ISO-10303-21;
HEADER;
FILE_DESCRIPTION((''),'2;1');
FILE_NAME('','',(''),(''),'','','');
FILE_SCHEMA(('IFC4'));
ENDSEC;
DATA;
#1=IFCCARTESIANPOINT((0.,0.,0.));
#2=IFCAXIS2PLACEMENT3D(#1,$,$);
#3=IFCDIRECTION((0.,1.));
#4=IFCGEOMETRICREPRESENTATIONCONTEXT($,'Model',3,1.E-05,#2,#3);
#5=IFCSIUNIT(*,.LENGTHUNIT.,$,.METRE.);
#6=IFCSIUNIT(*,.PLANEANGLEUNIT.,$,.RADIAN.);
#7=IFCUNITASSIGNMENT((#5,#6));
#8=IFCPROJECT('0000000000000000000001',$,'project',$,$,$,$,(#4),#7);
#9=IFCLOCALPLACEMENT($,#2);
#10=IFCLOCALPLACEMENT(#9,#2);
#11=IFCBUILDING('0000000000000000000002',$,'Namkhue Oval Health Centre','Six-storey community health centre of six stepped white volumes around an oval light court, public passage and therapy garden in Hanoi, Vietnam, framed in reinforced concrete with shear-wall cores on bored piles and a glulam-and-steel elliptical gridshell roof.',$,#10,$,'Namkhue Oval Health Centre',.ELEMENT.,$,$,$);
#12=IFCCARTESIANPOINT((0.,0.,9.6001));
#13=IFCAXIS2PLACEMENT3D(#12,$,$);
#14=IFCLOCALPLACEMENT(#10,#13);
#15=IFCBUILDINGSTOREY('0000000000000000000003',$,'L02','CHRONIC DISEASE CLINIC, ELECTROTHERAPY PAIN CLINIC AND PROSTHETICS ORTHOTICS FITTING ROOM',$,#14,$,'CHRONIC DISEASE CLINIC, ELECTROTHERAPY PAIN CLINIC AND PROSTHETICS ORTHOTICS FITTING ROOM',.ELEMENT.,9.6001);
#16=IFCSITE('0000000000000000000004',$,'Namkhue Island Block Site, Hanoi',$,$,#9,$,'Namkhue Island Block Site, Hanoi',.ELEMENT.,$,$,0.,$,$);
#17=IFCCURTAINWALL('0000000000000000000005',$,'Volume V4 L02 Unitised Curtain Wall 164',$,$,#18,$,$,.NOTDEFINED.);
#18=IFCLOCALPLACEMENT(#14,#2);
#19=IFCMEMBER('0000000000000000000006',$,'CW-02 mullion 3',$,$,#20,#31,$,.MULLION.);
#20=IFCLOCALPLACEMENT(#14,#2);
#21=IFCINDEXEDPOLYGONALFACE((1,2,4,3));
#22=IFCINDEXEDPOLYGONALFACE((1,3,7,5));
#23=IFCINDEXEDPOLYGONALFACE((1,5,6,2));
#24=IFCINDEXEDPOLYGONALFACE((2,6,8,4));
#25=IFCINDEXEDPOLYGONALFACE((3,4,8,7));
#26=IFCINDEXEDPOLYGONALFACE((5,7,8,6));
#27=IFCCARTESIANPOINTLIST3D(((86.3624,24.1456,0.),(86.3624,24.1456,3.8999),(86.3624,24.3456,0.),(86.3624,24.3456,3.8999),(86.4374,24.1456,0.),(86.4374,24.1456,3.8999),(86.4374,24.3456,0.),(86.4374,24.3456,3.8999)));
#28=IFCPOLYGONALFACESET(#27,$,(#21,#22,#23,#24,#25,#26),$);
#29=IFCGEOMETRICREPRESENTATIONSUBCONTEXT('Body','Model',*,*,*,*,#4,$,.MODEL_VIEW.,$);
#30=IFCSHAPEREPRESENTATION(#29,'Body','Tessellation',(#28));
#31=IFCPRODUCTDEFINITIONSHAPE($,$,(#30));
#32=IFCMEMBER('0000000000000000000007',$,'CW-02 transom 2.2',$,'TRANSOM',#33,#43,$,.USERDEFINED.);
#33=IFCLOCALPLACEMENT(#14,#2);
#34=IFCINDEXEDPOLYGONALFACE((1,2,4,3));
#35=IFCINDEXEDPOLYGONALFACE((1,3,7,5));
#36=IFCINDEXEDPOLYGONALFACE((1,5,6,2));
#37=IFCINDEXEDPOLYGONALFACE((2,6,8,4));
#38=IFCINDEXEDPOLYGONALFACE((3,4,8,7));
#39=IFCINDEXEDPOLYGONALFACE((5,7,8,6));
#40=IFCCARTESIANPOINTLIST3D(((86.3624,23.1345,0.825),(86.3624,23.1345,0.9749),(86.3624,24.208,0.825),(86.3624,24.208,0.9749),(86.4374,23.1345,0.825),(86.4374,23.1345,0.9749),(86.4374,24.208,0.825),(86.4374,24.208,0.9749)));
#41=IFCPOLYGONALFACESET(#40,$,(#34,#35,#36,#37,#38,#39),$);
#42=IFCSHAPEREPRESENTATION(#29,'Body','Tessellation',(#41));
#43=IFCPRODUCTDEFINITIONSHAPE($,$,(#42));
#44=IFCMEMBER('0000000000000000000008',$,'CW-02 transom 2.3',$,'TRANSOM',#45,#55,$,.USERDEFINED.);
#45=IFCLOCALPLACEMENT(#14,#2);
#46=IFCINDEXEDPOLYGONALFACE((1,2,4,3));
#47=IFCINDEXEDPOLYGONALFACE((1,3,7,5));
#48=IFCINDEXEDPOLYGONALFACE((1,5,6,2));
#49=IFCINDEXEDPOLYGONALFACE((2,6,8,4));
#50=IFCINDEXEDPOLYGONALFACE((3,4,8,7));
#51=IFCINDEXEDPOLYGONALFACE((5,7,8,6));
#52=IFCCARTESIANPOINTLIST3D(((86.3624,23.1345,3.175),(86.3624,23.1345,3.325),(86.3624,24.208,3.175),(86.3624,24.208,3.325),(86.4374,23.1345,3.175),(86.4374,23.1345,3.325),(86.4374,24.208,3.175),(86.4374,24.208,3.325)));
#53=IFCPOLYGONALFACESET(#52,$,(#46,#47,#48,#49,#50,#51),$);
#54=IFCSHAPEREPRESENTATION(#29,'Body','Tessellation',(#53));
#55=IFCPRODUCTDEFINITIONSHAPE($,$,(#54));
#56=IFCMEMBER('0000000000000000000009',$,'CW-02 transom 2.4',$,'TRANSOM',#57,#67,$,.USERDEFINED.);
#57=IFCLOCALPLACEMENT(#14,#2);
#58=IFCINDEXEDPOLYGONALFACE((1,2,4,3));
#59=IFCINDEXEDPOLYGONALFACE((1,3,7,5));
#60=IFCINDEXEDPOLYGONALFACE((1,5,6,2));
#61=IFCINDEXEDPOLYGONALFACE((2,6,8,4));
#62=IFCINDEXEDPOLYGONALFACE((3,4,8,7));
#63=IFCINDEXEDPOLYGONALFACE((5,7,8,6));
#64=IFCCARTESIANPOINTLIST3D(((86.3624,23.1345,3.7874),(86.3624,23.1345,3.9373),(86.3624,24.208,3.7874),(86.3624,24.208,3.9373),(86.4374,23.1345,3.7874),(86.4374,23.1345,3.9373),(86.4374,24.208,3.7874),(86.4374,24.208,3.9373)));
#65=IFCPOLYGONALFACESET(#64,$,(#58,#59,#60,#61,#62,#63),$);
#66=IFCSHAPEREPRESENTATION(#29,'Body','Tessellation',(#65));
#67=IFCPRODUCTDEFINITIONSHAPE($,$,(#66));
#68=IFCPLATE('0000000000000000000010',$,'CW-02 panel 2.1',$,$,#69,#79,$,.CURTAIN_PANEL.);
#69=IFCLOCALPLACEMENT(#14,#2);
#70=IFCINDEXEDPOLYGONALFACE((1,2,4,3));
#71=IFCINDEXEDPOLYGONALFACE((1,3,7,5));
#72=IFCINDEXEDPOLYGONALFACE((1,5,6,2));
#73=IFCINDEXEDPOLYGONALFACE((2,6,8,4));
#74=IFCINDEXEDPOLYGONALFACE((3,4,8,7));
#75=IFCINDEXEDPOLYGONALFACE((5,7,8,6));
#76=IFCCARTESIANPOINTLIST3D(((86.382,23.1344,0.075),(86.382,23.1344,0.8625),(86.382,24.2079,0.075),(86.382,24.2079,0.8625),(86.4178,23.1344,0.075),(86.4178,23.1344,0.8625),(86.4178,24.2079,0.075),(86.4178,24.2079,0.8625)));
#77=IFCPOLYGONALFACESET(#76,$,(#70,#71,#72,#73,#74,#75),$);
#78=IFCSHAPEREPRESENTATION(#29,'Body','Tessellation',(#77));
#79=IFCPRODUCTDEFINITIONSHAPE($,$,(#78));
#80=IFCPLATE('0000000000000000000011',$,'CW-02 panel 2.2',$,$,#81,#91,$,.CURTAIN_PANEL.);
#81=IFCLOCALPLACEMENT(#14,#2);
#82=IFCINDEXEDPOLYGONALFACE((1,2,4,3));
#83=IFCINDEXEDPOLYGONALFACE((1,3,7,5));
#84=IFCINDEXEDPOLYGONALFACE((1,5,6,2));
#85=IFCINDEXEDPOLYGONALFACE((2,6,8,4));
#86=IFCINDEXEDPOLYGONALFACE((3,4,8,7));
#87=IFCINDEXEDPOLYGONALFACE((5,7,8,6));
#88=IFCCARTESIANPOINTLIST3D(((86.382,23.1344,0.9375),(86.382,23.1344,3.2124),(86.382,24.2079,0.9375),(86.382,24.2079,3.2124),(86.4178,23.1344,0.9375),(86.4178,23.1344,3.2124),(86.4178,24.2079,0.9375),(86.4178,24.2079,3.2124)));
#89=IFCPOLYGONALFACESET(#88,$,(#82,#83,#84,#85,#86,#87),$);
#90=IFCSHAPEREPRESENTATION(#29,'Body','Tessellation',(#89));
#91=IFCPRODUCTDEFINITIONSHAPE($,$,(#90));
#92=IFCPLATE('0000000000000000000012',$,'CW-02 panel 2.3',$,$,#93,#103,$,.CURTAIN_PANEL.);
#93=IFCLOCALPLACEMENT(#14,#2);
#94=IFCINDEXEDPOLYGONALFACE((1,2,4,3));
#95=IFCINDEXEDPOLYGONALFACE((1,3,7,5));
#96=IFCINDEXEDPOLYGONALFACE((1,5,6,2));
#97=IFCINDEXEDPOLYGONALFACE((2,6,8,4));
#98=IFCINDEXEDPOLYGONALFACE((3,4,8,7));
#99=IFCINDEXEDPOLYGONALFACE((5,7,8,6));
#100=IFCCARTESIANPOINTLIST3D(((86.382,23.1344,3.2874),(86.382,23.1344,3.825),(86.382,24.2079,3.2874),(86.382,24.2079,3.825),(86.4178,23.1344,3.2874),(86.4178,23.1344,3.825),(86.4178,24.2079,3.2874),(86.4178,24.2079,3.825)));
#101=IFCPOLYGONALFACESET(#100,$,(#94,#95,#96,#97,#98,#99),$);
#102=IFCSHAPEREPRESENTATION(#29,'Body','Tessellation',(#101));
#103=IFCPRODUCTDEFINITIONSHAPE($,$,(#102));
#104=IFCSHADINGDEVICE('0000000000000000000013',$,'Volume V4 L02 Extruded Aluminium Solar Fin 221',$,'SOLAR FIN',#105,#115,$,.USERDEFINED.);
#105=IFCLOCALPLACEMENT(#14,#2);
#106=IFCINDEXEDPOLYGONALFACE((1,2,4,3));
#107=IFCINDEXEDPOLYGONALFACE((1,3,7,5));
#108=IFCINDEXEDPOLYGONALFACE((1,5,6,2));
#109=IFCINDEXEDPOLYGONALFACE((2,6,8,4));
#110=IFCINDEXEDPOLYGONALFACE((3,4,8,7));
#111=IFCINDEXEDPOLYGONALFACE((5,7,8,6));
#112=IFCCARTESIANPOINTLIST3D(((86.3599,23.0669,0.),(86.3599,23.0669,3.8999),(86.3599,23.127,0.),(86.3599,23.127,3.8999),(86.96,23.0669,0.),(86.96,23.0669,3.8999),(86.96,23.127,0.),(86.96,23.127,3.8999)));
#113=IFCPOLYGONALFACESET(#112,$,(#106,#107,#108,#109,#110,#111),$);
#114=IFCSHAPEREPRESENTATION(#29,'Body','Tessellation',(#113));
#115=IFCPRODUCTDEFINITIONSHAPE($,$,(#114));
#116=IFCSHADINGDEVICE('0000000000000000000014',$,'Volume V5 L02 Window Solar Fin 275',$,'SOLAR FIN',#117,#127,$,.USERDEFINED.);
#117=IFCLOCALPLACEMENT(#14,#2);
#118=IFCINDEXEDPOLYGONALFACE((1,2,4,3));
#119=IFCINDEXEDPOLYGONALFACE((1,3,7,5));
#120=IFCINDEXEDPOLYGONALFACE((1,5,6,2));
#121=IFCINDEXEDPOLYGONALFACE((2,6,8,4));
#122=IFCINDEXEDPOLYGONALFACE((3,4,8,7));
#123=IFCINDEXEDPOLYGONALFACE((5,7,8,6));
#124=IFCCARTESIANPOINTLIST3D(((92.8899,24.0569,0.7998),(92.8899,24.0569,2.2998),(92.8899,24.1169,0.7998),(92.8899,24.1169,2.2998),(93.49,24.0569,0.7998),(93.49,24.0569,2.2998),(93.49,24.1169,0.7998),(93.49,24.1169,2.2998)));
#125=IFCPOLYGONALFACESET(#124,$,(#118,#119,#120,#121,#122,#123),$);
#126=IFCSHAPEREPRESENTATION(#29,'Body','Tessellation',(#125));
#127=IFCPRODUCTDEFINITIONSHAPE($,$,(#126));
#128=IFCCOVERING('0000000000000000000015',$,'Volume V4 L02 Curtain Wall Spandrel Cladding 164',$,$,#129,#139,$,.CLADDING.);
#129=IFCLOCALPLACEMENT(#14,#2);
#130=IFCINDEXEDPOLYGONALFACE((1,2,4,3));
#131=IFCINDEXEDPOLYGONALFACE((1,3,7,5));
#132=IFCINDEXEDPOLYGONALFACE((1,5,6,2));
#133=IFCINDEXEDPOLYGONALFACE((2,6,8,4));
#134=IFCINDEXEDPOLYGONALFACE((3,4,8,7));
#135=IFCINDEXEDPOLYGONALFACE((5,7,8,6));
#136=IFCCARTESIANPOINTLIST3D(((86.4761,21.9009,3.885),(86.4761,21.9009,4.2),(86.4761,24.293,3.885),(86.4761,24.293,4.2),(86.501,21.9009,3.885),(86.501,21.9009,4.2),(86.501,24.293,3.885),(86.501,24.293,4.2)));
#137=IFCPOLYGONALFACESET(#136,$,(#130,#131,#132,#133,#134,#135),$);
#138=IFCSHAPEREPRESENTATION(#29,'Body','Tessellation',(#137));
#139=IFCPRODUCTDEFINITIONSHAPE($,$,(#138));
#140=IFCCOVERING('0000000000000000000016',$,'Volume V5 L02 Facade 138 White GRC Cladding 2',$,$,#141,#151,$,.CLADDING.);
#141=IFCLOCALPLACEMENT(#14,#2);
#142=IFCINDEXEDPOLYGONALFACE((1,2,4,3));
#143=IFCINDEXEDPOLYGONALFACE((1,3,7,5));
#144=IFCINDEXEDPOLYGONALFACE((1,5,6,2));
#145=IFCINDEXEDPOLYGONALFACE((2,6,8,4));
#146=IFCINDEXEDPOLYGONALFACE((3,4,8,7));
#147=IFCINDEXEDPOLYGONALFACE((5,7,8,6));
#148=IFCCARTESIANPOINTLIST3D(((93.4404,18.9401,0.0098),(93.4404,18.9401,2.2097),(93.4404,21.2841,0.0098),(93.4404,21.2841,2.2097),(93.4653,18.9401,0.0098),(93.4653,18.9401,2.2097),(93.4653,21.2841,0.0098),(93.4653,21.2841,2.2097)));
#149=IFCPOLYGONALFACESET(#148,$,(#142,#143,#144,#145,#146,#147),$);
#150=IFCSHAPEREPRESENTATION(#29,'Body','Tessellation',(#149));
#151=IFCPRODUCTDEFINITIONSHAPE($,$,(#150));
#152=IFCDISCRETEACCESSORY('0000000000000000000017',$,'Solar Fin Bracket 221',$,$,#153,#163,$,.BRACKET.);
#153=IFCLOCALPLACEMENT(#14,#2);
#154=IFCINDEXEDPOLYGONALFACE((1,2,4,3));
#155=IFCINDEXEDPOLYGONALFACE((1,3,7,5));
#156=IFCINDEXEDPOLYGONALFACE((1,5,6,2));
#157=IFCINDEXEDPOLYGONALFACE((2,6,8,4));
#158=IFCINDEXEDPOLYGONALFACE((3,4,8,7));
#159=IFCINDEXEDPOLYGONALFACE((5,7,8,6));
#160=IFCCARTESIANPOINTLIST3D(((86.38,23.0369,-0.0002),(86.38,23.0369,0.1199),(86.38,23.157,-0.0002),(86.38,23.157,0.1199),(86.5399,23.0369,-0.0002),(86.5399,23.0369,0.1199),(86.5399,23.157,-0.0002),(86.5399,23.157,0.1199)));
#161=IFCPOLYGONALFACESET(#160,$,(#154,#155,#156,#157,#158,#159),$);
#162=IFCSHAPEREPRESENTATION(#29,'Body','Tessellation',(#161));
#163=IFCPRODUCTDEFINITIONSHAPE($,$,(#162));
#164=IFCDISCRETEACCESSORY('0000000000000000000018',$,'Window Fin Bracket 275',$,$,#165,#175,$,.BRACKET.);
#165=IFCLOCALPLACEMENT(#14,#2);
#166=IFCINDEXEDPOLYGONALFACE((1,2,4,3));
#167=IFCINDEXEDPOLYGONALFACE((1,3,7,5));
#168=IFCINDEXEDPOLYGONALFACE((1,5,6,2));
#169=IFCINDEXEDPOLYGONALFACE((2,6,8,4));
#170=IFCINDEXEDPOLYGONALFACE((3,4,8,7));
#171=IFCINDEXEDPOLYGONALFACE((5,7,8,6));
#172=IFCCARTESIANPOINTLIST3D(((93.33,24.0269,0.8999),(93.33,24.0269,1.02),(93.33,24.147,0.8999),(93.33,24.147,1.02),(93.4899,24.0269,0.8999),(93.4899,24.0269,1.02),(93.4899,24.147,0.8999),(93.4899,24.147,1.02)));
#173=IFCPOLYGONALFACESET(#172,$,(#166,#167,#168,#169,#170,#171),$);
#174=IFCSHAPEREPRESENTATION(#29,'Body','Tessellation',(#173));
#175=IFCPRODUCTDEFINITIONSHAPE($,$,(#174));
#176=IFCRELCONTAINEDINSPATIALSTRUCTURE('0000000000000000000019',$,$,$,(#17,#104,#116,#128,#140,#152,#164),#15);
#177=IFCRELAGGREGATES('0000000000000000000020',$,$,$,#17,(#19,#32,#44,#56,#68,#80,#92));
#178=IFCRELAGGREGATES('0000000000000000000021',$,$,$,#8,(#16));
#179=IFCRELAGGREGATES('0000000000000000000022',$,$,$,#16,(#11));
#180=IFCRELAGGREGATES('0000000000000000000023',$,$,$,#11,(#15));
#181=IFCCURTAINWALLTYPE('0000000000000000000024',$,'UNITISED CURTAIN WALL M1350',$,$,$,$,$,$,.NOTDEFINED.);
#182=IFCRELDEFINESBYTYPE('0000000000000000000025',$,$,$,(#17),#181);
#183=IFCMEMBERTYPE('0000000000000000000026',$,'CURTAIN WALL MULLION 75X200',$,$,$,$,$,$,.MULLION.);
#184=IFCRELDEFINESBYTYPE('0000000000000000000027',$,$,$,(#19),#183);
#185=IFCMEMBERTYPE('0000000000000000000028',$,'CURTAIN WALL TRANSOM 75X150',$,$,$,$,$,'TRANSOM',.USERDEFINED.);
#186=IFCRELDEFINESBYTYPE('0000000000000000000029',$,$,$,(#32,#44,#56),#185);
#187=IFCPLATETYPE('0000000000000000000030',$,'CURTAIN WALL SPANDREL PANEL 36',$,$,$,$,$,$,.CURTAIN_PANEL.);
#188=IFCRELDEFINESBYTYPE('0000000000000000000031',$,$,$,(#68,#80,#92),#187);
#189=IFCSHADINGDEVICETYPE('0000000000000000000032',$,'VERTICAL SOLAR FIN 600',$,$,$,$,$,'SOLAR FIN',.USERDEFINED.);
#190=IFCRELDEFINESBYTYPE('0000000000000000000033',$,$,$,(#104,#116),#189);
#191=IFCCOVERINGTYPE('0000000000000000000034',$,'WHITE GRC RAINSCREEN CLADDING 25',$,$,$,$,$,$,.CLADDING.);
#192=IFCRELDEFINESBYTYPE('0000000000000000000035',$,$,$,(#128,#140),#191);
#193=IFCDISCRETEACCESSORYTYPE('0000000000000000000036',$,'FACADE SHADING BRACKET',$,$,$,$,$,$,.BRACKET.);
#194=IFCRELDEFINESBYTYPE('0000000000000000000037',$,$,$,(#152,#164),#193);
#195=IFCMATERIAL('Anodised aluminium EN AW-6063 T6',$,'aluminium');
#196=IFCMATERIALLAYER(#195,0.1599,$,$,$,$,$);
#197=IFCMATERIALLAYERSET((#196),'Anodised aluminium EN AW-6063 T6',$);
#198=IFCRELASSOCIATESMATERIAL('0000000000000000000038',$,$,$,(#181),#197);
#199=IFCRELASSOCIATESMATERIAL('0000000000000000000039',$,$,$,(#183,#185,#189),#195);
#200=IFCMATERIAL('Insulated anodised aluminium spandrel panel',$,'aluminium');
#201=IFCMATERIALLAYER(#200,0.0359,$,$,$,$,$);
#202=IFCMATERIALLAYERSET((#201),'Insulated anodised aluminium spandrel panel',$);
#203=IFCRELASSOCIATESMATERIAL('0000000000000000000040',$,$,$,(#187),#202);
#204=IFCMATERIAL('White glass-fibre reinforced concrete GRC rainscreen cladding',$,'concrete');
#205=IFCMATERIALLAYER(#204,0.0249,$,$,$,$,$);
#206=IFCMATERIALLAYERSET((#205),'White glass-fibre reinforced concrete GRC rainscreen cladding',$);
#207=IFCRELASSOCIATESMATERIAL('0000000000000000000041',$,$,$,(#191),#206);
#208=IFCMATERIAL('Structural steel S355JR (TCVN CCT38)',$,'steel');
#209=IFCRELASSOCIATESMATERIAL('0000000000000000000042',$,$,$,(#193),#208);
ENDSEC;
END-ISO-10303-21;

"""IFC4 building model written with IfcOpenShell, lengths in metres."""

from ifc_helpers import new_model, si_unit, direction, frame, origin, origin_2d, place, context, subcontext, project, spatial, rectangle, extrude, material, layer, layer_set, material_profile, profile_set, type_object, element, aggregate, save


model = new_model("IFC4")

# Units and contexts
model_context = context("Model", 3, precision=1e-05, world=origin(), true_north=direction((0.0, 1.0)))
body_context = subcontext(model_context, "Body", "Model", "MODEL_VIEW")
ifc_project = project(units=[si_unit("LENGTHUNIT", "METRE"), si_unit("PLANEANGLEUNIT", "RADIAN")], contexts=[model_context])

# Site, building, storey
site_placement = place(None, origin())
site = spatial("IfcSite", under=ifc_project, at=site_placement, Name="Namkhue Island Block Site, Hanoi", LongName="Namkhue Island Block Site, Hanoi", CompositionType="ELEMENT", RefElevation=0.0)
building_placement = place(site_placement, origin())
building = spatial("IfcBuilding", under=site, at=building_placement, Name="Namkhue Oval Health Centre", Description="Six-storey community health centre of six stepped white volumes around an oval light court, public passage and therapy garden in Hanoi, Vietnam, framed in reinforced concrete with shear-wall cores on bored piles and a glulam-and-steel elliptical gridshell roof.", LongName="Namkhue Oval Health Centre", CompositionType="ELEMENT")
storey_placement = place(building_placement, frame((0.0, 0.0, 9.6001)))
storey = spatial("IfcBuildingStorey", under=building, at=storey_placement, Name="L02", Description="CHRONIC DISEASE CLINIC, ELECTROTHERAPY PAIN CLINIC AND PROSTHETICS ORTHOTICS FITTING ROOM", LongName="CHRONIC DISEASE CLINIC, ELECTROTHERAPY PAIN CLINIC AND PROSTHETICS ORTHOTICS FITTING ROOM", CompositionType="ELEMENT", Elevation=9.6001)

# Curtain wall, members, plates
ifc_material_1 = material(Name="Anodised aluminium EN AW-6063 T6", Category="aluminium")
ifc_layer_1 = layer(ifc_material_1, 0.1599)
ifc_layer_set_1 = layer_set([ifc_layer_1], Name="Anodised aluminium EN AW-6063 T6")
curtain_wall_type = type_object("IfcCurtainWallType", Name="UNITISED CURTAIN WALL M1350", PredefinedType="NOTDEFINED", material=ifc_layer_set_1)
curtain_wall_placement = place(storey_placement, origin())
curtain_wall = element("IfcCurtainWall", 1, at=curtain_wall_placement, inside=storey, type_object=curtain_wall_type, Name="Volume V4 L02 Unitised Curtain Wall 164", PredefinedType="NOTDEFINED")
ifc_material_profile_1 = material_profile(ifc_material_1, rectangle(XDim=0.075, YDim=0.2, at=origin_2d()), Name="ALU 75x200")
ifc_profile_set_1 = profile_set([ifc_material_profile_1], Name="Anodised aluminium EN AW-6063 T6")
member_type_1 = type_object("IfcMemberType", Name="CURTAIN WALL MULLION 75X200", PredefinedType="MULLION", material=ifc_profile_set_1)
member_1_placement = place(storey_placement, frame((86.3999, 24.2456, 0.0), z_axis=(0.0, 0.0, 1.0), x_axis=(-1.0, 0.0, 0.0)))
member_1 = element("IfcMember", 2, at=member_1_placement, type_object=member_type_1, Name="CW-02 mullion 3", PredefinedType="MULLION", context=body_context, shape_type="SweptSolid", body=[
    extrude(rectangle(XDim=0.075, YDim=0.2, at=origin_2d()), origin(), (0.0, 0.0, 1.0), 3.8999),
])
ifc_material_profile_2 = material_profile(ifc_material_1, rectangle(XDim=0.075, YDim=0.1499, at=origin_2d()), Name="ALU 75x150")
ifc_profile_set_2 = profile_set([ifc_material_profile_2], Name="Anodised aluminium EN AW-6063 T6")
member_type_2 = type_object("IfcMemberType", Name="CURTAIN WALL TRANSOM 75X150", ElementType="TRANSOM", PredefinedType="USERDEFINED", material=ifc_profile_set_2)
member_2_placement = place(storey_placement, frame((86.3999, 23.1345, 0.8999), z_axis=(0.0, 1.0, 0.0), x_axis=(-1.0, 0.0, 0.0)))
member_2 = element("IfcMember", 3, at=member_2_placement, type_object=member_type_2, Name="CW-02 transom 2.2", ObjectType="TRANSOM", PredefinedType="USERDEFINED", context=body_context, shape_type="SweptSolid", body=[
    extrude(rectangle(XDim=0.075, YDim=0.1499, at=origin_2d()), origin(), (0.0, 0.0, 1.0), 1.0735),
])
member_3_placement = place(storey_placement, frame((86.3999, 23.1345, 3.25), z_axis=(0.0, 1.0, 0.0), x_axis=(-1.0, 0.0, 0.0)))
member_3 = element("IfcMember", 4, at=member_3_placement, type_object=member_type_2, Name="CW-02 transom 2.3", ObjectType="TRANSOM", PredefinedType="USERDEFINED", context=body_context, shape_type="SweptSolid", body=[
    extrude(rectangle(XDim=0.075, YDim=0.1499, at=origin_2d()), origin(), (0.0, 0.0, 1.0), 1.0735),
])
member_4_placement = place(storey_placement, frame((86.3999, 23.1345, 3.8623), z_axis=(0.0, 1.0, 0.0), x_axis=(-1.0, 0.0, 0.0)))
member_4 = element("IfcMember", 5, at=member_4_placement, type_object=member_type_2, Name="CW-02 transom 2.4", ObjectType="TRANSOM", PredefinedType="USERDEFINED", context=body_context, shape_type="SweptSolid", body=[
    extrude(rectangle(XDim=0.075, YDim=0.1499, at=origin_2d()), origin(), (0.0, 0.0, 1.0), 1.0735),
])
ifc_material_2 = material(Name="Insulated anodised aluminium spandrel panel", Category="aluminium")
ifc_layer_2 = layer(ifc_material_2, 0.0359)
ifc_layer_set_2 = layer_set([ifc_layer_2], Name="Insulated anodised aluminium spandrel panel")
plate_type = type_object("IfcPlateType", Name="CURTAIN WALL SPANDREL PANEL 36", PredefinedType="CURTAIN_PANEL", material=ifc_layer_set_2)
plate_1_placement = place(storey_placement, frame((86.3999, 23.6711, 0.075), z_axis=(0.0, 0.0, 1.0), x_axis=(0.0, 1.0, 0.0)))
plate_1 = element("IfcPlate", 6, at=plate_1_placement, type_object=plate_type, Name="CW-02 panel 2.1", PredefinedType="CURTAIN_PANEL", context=body_context, shape_type="SweptSolid", body=[
    extrude(rectangle(XDim=1.0735, YDim=0.0359, at=origin_2d()), origin(), (0.0, 0.0, 1.0), 0.7876),
])
plate_2_placement = place(storey_placement, frame((86.3999, 23.6711, 0.9375), z_axis=(0.0, 0.0, 1.0), x_axis=(0.0, 1.0, 0.0)))
plate_2 = element("IfcPlate", 7, at=plate_2_placement, type_object=plate_type, Name="CW-02 panel 2.2", PredefinedType="CURTAIN_PANEL", context=body_context, shape_type="SweptSolid", body=[
    extrude(rectangle(XDim=1.0735, YDim=0.0359, at=origin_2d()), origin(), (0.0, 0.0, 1.0), 2.2749),
])
plate_3_placement = place(storey_placement, frame((86.3999, 23.6711, 3.2874), z_axis=(0.0, 0.0, 1.0), x_axis=(0.0, 1.0, 0.0)))
plate_3 = element("IfcPlate", 8, at=plate_3_placement, type_object=plate_type, Name="CW-02 panel 2.3", PredefinedType="CURTAIN_PANEL", context=body_context, shape_type="SweptSolid", body=[
    extrude(rectangle(XDim=1.0735, YDim=0.0359, at=origin_2d()), origin(), (0.0, 0.0, 1.0), 0.5376),
])
aggregate(curtain_wall, [member_1, member_2, member_3, member_4, plate_1, plate_2, plate_3])

# Shading devices
shading_device_type = type_object("IfcShadingDeviceType", Name="VERTICAL SOLAR FIN 600", ElementType="SOLAR FIN", PredefinedType="USERDEFINED", material=ifc_material_1)
shading_device_1_placement = place(storey_placement, frame((86.6599, 23.0969, 0.0), z_axis=(0.0, 0.0, 1.0), x_axis=(1.0, 0.0, 0.0)))
element("IfcShadingDevice", 9, at=shading_device_1_placement, inside=storey, type_object=shading_device_type, Name="Volume V4 L02 Extruded Aluminium Solar Fin 221", ObjectType="SOLAR FIN", PredefinedType="USERDEFINED", context=body_context, shape_type="SweptSolid", body=[
    extrude(rectangle(XDim=0.6001, YDim=0.0601, at=origin_2d()), origin(), (0.0, 0.0, 1.0), 3.8999),
])
shading_device_2_placement = place(storey_placement, frame((93.1899, 24.0869, 0.7998), z_axis=(0.0, 0.0, 1.0), x_axis=(-1.0, 0.0, 0.0)))
element("IfcShadingDevice", 10, at=shading_device_2_placement, inside=storey, type_object=shading_device_type, Name="Volume V5 L02 Window Solar Fin 275", ObjectType="SOLAR FIN", PredefinedType="USERDEFINED", context=body_context, shape_type="SweptSolid", body=[
    extrude(rectangle(XDim=0.6001, YDim=0.0601, at=origin_2d()), origin(), (0.0, 0.0, 1.0), 1.5),
])

# Coverings
ifc_material_3 = material(Name="White glass-fibre reinforced concrete GRC rainscreen cladding", Category="concrete")
ifc_layer_3 = layer(ifc_material_3, 0.0249)
ifc_layer_set_3 = layer_set([ifc_layer_3], Name="White glass-fibre reinforced concrete GRC rainscreen cladding")
covering_type = type_object("IfcCoveringType", Name="WHITE GRC RAINSCREEN CLADDING 25", PredefinedType="CLADDING", material=ifc_layer_set_3)
covering_1_placement = place(storey_placement, frame((86.4885, 23.0969, 3.885), z_axis=(0.0, 0.0, 1.0), x_axis=(0.0, 1.0, 0.0)))
element("IfcCovering", 11, at=covering_1_placement, inside=storey, type_object=covering_type, Name="Volume V4 L02 Curtain Wall Spandrel Cladding 164", PredefinedType="CLADDING", context=body_context, shape_type="SweptSolid", body=[
    extrude(rectangle(XDim=2.3921, YDim=0.0249, at=origin_2d()), origin(), (0.0, 0.0, 1.0), 0.3149),
])
covering_2_placement = place(storey_placement, frame((93.4529, 20.1121, 0.0098), z_axis=(0.0, 0.0, 1.0), x_axis=(0.0, -1.0, 0.0)))
element("IfcCovering", 12, at=covering_2_placement, inside=storey, type_object=covering_type, Name="Volume V5 L02 Facade 138 White GRC Cladding 2", PredefinedType="CLADDING", context=body_context, shape_type="SweptSolid", body=[
    extrude(rectangle(XDim=2.344, YDim=0.0249, at=origin_2d()), origin(), (0.0, 0.0, 1.0), 2.2),
])

# Discrete accessories
ifc_material_4 = material(Name="Structural steel S355JR (TCVN CCT38)", Category="steel")
discrete_accessory_type = type_object("IfcDiscreteAccessoryType", Name="FACADE SHADING BRACKET", PredefinedType="BRACKET", material=ifc_material_4)
for number, where, z_axis, x_axis, name in (
    (13, (86.46, 23.0969, -0.0002), (0.0, 0.0, 1.0), (1.0, 0.0, 0.0), "Solar Fin Bracket 221"),
    (14, (93.4099, 24.0869, 0.8999), (0.0, 0.0, 1.0), (-1.0, 0.0, 0.0), "Window Fin Bracket 275"),
):
    element("IfcDiscreteAccessory", number, at=place(storey_placement, frame(where, z_axis=z_axis, x_axis=x_axis)), inside=storey, type_object=discrete_accessory_type, Name=name, PredefinedType="BRACKET", context=body_context, shape_type="SweptSolid", body=[
        extrude(rectangle(XDim=0.1599, YDim=0.1201, at=origin_2d()), origin(), (0.0, 0.0, 1.0), 0.1201),
    ])

save(model, "model.ifc")
